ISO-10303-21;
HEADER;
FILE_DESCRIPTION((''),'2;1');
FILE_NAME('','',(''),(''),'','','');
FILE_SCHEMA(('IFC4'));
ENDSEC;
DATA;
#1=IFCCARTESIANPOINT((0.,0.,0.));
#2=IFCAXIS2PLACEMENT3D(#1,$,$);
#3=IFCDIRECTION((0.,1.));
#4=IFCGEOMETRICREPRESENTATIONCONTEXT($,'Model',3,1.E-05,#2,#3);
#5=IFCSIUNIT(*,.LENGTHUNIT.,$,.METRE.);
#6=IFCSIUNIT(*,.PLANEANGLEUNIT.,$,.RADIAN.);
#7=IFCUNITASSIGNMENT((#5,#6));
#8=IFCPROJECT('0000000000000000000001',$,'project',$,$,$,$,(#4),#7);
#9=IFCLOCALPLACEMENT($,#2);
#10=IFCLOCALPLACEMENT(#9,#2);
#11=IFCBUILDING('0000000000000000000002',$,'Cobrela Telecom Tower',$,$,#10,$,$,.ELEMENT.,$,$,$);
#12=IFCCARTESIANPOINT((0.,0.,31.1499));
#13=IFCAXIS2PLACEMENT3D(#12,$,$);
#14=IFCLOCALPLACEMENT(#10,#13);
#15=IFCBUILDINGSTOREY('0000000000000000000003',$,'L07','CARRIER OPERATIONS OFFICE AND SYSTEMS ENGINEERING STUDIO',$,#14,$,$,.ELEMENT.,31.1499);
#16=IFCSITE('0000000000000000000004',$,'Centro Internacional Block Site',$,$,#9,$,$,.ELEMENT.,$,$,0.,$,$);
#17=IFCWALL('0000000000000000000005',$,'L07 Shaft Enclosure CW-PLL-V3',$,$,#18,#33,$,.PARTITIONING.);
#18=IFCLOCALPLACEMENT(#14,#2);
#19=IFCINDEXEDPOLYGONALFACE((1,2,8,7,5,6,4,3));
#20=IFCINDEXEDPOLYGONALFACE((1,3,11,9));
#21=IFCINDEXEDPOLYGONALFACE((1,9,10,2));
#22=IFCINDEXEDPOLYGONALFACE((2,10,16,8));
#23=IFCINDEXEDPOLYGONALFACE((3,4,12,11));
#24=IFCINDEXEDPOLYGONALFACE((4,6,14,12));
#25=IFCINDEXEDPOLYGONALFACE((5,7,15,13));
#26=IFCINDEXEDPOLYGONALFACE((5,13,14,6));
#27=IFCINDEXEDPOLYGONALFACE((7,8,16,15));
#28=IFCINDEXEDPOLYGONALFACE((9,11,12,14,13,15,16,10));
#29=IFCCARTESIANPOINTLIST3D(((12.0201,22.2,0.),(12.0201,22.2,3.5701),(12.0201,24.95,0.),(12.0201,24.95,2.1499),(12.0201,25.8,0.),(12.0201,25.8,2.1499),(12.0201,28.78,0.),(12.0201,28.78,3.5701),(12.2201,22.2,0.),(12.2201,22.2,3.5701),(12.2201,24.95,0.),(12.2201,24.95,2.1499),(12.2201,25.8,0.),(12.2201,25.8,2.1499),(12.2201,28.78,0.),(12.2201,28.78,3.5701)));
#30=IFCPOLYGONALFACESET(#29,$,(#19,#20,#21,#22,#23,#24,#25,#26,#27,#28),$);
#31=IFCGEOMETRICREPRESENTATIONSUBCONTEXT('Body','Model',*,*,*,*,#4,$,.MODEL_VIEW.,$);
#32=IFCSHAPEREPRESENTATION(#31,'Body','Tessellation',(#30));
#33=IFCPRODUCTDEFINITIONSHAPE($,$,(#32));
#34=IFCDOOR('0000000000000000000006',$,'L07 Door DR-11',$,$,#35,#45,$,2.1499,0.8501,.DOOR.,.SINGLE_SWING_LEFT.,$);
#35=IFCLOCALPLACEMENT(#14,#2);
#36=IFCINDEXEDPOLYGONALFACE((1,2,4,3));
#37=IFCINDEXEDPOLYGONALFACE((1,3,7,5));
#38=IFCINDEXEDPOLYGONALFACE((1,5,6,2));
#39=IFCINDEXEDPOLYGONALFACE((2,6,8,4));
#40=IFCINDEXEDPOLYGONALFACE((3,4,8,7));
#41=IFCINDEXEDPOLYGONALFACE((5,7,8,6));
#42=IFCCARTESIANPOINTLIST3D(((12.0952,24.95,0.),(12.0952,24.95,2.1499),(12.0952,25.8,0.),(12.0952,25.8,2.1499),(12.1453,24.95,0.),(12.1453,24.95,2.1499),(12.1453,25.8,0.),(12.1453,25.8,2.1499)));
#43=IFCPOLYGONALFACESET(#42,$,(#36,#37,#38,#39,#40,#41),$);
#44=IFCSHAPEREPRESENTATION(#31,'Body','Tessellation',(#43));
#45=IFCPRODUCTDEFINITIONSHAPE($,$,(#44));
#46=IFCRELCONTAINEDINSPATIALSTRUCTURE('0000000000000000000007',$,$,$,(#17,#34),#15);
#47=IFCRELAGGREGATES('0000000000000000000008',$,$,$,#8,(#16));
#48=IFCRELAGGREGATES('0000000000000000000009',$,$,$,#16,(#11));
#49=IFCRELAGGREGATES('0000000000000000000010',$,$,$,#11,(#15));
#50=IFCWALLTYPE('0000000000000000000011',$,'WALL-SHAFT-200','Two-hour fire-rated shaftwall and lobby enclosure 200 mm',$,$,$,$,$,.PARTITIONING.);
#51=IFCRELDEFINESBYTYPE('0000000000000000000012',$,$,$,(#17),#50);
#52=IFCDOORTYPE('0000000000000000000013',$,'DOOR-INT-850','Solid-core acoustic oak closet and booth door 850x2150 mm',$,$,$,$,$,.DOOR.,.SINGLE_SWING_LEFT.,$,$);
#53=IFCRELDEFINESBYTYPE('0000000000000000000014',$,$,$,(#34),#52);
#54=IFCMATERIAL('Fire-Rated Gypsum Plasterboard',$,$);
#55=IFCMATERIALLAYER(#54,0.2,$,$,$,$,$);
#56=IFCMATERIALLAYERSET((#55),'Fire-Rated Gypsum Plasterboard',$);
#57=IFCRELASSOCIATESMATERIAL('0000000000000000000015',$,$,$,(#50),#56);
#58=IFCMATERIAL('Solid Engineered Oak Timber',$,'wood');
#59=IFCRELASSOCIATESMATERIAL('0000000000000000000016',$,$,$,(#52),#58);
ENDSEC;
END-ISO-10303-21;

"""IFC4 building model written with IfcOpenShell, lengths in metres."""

from ifc_helpers import new_model, si_unit, direction, frame, frame_2d, origin, place, context, subcontext, project, spatial, rectangle, extrude, material, layer, layer_set, type_object, element, fill, save


model = new_model("IFC4")

# Units and contexts
model_context = context("Model", 3, precision=1e-05, world=origin(), true_north=direction((0.0, 1.0)))
body_context = subcontext(model_context, "Body", "Model", "MODEL_VIEW")
ifc_project = project(units=[si_unit("LENGTHUNIT", "METRE"), si_unit("PLANEANGLEUNIT", "RADIAN")], contexts=[model_context])

# Site, building, storey
site_placement = place(None, origin())
site = spatial("IfcSite", under=ifc_project, at=site_placement, Name="Centro Internacional Block Site", CompositionType="ELEMENT", RefElevation=0.0)
building_placement = place(site_placement, origin())
building = spatial("IfcBuilding", under=site, at=building_placement, Name="Cobrela Telecom Tower", CompositionType="ELEMENT")
storey_placement = place(building_placement, frame((0.0, 0.0, 31.1499)))
storey = spatial("IfcBuildingStorey", under=building, at=storey_placement, Name="L07", Description="CARRIER OPERATIONS OFFICE AND SYSTEMS ENGINEERING STUDIO", CompositionType="ELEMENT", Elevation=31.1499)

# Shared definitions
ifc_material_1 = material(Name="Fire-Rated Gypsum Plasterboard")

# Shared definitions
ifc_material_2 = material(Name="Solid Engineered Oak Timber", Category="wood")

# Shared definitions
ifc_layer_1 = layer(ifc_material_1, 0.2)
ifc_layer_set_1 = layer_set([ifc_layer_1], Name="Fire-Rated Gypsum Plasterboard")
wall_type_1 = type_object("IfcWallType", Name="WALL-SHAFT-200", Description="Two-hour fire-rated shaftwall and lobby enclosure 200 mm", PredefinedType="PARTITIONING", material=ifc_layer_set_1)

# Wall, opening, door
wall_1_placement = place(storey_placement, frame((12.1201, 22.2, 0.0), z_axis=(0.0, 0.0, 1.0), x_axis=(0.0, 1.0, 0.0)))
wall_1 = element("IfcWall", 1, at=wall_1_placement, inside=storey, type_object=wall_type_1, Name="L07 Shaft Enclosure CW-PLL-V3", PredefinedType="PARTITIONING", context=body_context, shape_type="SweptSolid", body=[
    extrude(rectangle(XDim=6.5801, YDim=0.2, at=frame_2d((3.29, 0.0))), origin(), (0.0, 0.0, 1.0), 3.5701),
])
opening_1_placement = place(wall_1_placement, frame((2.75, 0.0, 0.0)))
opening_1 = element("IfcOpeningElement", 2, at=opening_1_placement, cuts=wall_1, PredefinedType="OPENING", context=body_context, shape_type="SweptSolid", body=[
    extrude(rectangle(XDim=0.8501, YDim=2.1499, at=frame_2d((0.425, 1.075))), frame((0.0, 0.1118, 0.0), z_axis=(0.0, -1.0, 0.0), x_axis=(1.0, 0.0, 0.0)), (0.0, 0.0, 1.0), 0.2239),
])
door_type_1 = type_object("IfcDoorType", Name="DOOR-INT-850", Description="Solid-core acoustic oak closet and booth door 850x2150 mm", OperationType="SINGLE_SWING_LEFT", PredefinedType="DOOR", material=ifc_material_2)
door_1_placement = place(opening_1_placement, origin())
door_1 = element("IfcDoor", 3, at=door_1_placement, inside=storey, type_object=door_type_1, Name="L07 Door DR-11", OperationType="SINGLE_SWING_LEFT", OverallHeight=2.1499, OverallWidth=0.8501, PredefinedType="DOOR", context=body_context, shape_type="SweptSolid", body=[
    extrude(rectangle(XDim=0.8501, YDim=2.1499, at=frame_2d((0.425, 1.075))), frame((0.0, 0.0249, 0.0), z_axis=(0.0, -1.0, 0.0), x_axis=(1.0, 0.0, 0.0)), (0.0, 0.0, 1.0), 0.05),
])
fill(opening_1, door_1)

save(model, "model.ifc")
